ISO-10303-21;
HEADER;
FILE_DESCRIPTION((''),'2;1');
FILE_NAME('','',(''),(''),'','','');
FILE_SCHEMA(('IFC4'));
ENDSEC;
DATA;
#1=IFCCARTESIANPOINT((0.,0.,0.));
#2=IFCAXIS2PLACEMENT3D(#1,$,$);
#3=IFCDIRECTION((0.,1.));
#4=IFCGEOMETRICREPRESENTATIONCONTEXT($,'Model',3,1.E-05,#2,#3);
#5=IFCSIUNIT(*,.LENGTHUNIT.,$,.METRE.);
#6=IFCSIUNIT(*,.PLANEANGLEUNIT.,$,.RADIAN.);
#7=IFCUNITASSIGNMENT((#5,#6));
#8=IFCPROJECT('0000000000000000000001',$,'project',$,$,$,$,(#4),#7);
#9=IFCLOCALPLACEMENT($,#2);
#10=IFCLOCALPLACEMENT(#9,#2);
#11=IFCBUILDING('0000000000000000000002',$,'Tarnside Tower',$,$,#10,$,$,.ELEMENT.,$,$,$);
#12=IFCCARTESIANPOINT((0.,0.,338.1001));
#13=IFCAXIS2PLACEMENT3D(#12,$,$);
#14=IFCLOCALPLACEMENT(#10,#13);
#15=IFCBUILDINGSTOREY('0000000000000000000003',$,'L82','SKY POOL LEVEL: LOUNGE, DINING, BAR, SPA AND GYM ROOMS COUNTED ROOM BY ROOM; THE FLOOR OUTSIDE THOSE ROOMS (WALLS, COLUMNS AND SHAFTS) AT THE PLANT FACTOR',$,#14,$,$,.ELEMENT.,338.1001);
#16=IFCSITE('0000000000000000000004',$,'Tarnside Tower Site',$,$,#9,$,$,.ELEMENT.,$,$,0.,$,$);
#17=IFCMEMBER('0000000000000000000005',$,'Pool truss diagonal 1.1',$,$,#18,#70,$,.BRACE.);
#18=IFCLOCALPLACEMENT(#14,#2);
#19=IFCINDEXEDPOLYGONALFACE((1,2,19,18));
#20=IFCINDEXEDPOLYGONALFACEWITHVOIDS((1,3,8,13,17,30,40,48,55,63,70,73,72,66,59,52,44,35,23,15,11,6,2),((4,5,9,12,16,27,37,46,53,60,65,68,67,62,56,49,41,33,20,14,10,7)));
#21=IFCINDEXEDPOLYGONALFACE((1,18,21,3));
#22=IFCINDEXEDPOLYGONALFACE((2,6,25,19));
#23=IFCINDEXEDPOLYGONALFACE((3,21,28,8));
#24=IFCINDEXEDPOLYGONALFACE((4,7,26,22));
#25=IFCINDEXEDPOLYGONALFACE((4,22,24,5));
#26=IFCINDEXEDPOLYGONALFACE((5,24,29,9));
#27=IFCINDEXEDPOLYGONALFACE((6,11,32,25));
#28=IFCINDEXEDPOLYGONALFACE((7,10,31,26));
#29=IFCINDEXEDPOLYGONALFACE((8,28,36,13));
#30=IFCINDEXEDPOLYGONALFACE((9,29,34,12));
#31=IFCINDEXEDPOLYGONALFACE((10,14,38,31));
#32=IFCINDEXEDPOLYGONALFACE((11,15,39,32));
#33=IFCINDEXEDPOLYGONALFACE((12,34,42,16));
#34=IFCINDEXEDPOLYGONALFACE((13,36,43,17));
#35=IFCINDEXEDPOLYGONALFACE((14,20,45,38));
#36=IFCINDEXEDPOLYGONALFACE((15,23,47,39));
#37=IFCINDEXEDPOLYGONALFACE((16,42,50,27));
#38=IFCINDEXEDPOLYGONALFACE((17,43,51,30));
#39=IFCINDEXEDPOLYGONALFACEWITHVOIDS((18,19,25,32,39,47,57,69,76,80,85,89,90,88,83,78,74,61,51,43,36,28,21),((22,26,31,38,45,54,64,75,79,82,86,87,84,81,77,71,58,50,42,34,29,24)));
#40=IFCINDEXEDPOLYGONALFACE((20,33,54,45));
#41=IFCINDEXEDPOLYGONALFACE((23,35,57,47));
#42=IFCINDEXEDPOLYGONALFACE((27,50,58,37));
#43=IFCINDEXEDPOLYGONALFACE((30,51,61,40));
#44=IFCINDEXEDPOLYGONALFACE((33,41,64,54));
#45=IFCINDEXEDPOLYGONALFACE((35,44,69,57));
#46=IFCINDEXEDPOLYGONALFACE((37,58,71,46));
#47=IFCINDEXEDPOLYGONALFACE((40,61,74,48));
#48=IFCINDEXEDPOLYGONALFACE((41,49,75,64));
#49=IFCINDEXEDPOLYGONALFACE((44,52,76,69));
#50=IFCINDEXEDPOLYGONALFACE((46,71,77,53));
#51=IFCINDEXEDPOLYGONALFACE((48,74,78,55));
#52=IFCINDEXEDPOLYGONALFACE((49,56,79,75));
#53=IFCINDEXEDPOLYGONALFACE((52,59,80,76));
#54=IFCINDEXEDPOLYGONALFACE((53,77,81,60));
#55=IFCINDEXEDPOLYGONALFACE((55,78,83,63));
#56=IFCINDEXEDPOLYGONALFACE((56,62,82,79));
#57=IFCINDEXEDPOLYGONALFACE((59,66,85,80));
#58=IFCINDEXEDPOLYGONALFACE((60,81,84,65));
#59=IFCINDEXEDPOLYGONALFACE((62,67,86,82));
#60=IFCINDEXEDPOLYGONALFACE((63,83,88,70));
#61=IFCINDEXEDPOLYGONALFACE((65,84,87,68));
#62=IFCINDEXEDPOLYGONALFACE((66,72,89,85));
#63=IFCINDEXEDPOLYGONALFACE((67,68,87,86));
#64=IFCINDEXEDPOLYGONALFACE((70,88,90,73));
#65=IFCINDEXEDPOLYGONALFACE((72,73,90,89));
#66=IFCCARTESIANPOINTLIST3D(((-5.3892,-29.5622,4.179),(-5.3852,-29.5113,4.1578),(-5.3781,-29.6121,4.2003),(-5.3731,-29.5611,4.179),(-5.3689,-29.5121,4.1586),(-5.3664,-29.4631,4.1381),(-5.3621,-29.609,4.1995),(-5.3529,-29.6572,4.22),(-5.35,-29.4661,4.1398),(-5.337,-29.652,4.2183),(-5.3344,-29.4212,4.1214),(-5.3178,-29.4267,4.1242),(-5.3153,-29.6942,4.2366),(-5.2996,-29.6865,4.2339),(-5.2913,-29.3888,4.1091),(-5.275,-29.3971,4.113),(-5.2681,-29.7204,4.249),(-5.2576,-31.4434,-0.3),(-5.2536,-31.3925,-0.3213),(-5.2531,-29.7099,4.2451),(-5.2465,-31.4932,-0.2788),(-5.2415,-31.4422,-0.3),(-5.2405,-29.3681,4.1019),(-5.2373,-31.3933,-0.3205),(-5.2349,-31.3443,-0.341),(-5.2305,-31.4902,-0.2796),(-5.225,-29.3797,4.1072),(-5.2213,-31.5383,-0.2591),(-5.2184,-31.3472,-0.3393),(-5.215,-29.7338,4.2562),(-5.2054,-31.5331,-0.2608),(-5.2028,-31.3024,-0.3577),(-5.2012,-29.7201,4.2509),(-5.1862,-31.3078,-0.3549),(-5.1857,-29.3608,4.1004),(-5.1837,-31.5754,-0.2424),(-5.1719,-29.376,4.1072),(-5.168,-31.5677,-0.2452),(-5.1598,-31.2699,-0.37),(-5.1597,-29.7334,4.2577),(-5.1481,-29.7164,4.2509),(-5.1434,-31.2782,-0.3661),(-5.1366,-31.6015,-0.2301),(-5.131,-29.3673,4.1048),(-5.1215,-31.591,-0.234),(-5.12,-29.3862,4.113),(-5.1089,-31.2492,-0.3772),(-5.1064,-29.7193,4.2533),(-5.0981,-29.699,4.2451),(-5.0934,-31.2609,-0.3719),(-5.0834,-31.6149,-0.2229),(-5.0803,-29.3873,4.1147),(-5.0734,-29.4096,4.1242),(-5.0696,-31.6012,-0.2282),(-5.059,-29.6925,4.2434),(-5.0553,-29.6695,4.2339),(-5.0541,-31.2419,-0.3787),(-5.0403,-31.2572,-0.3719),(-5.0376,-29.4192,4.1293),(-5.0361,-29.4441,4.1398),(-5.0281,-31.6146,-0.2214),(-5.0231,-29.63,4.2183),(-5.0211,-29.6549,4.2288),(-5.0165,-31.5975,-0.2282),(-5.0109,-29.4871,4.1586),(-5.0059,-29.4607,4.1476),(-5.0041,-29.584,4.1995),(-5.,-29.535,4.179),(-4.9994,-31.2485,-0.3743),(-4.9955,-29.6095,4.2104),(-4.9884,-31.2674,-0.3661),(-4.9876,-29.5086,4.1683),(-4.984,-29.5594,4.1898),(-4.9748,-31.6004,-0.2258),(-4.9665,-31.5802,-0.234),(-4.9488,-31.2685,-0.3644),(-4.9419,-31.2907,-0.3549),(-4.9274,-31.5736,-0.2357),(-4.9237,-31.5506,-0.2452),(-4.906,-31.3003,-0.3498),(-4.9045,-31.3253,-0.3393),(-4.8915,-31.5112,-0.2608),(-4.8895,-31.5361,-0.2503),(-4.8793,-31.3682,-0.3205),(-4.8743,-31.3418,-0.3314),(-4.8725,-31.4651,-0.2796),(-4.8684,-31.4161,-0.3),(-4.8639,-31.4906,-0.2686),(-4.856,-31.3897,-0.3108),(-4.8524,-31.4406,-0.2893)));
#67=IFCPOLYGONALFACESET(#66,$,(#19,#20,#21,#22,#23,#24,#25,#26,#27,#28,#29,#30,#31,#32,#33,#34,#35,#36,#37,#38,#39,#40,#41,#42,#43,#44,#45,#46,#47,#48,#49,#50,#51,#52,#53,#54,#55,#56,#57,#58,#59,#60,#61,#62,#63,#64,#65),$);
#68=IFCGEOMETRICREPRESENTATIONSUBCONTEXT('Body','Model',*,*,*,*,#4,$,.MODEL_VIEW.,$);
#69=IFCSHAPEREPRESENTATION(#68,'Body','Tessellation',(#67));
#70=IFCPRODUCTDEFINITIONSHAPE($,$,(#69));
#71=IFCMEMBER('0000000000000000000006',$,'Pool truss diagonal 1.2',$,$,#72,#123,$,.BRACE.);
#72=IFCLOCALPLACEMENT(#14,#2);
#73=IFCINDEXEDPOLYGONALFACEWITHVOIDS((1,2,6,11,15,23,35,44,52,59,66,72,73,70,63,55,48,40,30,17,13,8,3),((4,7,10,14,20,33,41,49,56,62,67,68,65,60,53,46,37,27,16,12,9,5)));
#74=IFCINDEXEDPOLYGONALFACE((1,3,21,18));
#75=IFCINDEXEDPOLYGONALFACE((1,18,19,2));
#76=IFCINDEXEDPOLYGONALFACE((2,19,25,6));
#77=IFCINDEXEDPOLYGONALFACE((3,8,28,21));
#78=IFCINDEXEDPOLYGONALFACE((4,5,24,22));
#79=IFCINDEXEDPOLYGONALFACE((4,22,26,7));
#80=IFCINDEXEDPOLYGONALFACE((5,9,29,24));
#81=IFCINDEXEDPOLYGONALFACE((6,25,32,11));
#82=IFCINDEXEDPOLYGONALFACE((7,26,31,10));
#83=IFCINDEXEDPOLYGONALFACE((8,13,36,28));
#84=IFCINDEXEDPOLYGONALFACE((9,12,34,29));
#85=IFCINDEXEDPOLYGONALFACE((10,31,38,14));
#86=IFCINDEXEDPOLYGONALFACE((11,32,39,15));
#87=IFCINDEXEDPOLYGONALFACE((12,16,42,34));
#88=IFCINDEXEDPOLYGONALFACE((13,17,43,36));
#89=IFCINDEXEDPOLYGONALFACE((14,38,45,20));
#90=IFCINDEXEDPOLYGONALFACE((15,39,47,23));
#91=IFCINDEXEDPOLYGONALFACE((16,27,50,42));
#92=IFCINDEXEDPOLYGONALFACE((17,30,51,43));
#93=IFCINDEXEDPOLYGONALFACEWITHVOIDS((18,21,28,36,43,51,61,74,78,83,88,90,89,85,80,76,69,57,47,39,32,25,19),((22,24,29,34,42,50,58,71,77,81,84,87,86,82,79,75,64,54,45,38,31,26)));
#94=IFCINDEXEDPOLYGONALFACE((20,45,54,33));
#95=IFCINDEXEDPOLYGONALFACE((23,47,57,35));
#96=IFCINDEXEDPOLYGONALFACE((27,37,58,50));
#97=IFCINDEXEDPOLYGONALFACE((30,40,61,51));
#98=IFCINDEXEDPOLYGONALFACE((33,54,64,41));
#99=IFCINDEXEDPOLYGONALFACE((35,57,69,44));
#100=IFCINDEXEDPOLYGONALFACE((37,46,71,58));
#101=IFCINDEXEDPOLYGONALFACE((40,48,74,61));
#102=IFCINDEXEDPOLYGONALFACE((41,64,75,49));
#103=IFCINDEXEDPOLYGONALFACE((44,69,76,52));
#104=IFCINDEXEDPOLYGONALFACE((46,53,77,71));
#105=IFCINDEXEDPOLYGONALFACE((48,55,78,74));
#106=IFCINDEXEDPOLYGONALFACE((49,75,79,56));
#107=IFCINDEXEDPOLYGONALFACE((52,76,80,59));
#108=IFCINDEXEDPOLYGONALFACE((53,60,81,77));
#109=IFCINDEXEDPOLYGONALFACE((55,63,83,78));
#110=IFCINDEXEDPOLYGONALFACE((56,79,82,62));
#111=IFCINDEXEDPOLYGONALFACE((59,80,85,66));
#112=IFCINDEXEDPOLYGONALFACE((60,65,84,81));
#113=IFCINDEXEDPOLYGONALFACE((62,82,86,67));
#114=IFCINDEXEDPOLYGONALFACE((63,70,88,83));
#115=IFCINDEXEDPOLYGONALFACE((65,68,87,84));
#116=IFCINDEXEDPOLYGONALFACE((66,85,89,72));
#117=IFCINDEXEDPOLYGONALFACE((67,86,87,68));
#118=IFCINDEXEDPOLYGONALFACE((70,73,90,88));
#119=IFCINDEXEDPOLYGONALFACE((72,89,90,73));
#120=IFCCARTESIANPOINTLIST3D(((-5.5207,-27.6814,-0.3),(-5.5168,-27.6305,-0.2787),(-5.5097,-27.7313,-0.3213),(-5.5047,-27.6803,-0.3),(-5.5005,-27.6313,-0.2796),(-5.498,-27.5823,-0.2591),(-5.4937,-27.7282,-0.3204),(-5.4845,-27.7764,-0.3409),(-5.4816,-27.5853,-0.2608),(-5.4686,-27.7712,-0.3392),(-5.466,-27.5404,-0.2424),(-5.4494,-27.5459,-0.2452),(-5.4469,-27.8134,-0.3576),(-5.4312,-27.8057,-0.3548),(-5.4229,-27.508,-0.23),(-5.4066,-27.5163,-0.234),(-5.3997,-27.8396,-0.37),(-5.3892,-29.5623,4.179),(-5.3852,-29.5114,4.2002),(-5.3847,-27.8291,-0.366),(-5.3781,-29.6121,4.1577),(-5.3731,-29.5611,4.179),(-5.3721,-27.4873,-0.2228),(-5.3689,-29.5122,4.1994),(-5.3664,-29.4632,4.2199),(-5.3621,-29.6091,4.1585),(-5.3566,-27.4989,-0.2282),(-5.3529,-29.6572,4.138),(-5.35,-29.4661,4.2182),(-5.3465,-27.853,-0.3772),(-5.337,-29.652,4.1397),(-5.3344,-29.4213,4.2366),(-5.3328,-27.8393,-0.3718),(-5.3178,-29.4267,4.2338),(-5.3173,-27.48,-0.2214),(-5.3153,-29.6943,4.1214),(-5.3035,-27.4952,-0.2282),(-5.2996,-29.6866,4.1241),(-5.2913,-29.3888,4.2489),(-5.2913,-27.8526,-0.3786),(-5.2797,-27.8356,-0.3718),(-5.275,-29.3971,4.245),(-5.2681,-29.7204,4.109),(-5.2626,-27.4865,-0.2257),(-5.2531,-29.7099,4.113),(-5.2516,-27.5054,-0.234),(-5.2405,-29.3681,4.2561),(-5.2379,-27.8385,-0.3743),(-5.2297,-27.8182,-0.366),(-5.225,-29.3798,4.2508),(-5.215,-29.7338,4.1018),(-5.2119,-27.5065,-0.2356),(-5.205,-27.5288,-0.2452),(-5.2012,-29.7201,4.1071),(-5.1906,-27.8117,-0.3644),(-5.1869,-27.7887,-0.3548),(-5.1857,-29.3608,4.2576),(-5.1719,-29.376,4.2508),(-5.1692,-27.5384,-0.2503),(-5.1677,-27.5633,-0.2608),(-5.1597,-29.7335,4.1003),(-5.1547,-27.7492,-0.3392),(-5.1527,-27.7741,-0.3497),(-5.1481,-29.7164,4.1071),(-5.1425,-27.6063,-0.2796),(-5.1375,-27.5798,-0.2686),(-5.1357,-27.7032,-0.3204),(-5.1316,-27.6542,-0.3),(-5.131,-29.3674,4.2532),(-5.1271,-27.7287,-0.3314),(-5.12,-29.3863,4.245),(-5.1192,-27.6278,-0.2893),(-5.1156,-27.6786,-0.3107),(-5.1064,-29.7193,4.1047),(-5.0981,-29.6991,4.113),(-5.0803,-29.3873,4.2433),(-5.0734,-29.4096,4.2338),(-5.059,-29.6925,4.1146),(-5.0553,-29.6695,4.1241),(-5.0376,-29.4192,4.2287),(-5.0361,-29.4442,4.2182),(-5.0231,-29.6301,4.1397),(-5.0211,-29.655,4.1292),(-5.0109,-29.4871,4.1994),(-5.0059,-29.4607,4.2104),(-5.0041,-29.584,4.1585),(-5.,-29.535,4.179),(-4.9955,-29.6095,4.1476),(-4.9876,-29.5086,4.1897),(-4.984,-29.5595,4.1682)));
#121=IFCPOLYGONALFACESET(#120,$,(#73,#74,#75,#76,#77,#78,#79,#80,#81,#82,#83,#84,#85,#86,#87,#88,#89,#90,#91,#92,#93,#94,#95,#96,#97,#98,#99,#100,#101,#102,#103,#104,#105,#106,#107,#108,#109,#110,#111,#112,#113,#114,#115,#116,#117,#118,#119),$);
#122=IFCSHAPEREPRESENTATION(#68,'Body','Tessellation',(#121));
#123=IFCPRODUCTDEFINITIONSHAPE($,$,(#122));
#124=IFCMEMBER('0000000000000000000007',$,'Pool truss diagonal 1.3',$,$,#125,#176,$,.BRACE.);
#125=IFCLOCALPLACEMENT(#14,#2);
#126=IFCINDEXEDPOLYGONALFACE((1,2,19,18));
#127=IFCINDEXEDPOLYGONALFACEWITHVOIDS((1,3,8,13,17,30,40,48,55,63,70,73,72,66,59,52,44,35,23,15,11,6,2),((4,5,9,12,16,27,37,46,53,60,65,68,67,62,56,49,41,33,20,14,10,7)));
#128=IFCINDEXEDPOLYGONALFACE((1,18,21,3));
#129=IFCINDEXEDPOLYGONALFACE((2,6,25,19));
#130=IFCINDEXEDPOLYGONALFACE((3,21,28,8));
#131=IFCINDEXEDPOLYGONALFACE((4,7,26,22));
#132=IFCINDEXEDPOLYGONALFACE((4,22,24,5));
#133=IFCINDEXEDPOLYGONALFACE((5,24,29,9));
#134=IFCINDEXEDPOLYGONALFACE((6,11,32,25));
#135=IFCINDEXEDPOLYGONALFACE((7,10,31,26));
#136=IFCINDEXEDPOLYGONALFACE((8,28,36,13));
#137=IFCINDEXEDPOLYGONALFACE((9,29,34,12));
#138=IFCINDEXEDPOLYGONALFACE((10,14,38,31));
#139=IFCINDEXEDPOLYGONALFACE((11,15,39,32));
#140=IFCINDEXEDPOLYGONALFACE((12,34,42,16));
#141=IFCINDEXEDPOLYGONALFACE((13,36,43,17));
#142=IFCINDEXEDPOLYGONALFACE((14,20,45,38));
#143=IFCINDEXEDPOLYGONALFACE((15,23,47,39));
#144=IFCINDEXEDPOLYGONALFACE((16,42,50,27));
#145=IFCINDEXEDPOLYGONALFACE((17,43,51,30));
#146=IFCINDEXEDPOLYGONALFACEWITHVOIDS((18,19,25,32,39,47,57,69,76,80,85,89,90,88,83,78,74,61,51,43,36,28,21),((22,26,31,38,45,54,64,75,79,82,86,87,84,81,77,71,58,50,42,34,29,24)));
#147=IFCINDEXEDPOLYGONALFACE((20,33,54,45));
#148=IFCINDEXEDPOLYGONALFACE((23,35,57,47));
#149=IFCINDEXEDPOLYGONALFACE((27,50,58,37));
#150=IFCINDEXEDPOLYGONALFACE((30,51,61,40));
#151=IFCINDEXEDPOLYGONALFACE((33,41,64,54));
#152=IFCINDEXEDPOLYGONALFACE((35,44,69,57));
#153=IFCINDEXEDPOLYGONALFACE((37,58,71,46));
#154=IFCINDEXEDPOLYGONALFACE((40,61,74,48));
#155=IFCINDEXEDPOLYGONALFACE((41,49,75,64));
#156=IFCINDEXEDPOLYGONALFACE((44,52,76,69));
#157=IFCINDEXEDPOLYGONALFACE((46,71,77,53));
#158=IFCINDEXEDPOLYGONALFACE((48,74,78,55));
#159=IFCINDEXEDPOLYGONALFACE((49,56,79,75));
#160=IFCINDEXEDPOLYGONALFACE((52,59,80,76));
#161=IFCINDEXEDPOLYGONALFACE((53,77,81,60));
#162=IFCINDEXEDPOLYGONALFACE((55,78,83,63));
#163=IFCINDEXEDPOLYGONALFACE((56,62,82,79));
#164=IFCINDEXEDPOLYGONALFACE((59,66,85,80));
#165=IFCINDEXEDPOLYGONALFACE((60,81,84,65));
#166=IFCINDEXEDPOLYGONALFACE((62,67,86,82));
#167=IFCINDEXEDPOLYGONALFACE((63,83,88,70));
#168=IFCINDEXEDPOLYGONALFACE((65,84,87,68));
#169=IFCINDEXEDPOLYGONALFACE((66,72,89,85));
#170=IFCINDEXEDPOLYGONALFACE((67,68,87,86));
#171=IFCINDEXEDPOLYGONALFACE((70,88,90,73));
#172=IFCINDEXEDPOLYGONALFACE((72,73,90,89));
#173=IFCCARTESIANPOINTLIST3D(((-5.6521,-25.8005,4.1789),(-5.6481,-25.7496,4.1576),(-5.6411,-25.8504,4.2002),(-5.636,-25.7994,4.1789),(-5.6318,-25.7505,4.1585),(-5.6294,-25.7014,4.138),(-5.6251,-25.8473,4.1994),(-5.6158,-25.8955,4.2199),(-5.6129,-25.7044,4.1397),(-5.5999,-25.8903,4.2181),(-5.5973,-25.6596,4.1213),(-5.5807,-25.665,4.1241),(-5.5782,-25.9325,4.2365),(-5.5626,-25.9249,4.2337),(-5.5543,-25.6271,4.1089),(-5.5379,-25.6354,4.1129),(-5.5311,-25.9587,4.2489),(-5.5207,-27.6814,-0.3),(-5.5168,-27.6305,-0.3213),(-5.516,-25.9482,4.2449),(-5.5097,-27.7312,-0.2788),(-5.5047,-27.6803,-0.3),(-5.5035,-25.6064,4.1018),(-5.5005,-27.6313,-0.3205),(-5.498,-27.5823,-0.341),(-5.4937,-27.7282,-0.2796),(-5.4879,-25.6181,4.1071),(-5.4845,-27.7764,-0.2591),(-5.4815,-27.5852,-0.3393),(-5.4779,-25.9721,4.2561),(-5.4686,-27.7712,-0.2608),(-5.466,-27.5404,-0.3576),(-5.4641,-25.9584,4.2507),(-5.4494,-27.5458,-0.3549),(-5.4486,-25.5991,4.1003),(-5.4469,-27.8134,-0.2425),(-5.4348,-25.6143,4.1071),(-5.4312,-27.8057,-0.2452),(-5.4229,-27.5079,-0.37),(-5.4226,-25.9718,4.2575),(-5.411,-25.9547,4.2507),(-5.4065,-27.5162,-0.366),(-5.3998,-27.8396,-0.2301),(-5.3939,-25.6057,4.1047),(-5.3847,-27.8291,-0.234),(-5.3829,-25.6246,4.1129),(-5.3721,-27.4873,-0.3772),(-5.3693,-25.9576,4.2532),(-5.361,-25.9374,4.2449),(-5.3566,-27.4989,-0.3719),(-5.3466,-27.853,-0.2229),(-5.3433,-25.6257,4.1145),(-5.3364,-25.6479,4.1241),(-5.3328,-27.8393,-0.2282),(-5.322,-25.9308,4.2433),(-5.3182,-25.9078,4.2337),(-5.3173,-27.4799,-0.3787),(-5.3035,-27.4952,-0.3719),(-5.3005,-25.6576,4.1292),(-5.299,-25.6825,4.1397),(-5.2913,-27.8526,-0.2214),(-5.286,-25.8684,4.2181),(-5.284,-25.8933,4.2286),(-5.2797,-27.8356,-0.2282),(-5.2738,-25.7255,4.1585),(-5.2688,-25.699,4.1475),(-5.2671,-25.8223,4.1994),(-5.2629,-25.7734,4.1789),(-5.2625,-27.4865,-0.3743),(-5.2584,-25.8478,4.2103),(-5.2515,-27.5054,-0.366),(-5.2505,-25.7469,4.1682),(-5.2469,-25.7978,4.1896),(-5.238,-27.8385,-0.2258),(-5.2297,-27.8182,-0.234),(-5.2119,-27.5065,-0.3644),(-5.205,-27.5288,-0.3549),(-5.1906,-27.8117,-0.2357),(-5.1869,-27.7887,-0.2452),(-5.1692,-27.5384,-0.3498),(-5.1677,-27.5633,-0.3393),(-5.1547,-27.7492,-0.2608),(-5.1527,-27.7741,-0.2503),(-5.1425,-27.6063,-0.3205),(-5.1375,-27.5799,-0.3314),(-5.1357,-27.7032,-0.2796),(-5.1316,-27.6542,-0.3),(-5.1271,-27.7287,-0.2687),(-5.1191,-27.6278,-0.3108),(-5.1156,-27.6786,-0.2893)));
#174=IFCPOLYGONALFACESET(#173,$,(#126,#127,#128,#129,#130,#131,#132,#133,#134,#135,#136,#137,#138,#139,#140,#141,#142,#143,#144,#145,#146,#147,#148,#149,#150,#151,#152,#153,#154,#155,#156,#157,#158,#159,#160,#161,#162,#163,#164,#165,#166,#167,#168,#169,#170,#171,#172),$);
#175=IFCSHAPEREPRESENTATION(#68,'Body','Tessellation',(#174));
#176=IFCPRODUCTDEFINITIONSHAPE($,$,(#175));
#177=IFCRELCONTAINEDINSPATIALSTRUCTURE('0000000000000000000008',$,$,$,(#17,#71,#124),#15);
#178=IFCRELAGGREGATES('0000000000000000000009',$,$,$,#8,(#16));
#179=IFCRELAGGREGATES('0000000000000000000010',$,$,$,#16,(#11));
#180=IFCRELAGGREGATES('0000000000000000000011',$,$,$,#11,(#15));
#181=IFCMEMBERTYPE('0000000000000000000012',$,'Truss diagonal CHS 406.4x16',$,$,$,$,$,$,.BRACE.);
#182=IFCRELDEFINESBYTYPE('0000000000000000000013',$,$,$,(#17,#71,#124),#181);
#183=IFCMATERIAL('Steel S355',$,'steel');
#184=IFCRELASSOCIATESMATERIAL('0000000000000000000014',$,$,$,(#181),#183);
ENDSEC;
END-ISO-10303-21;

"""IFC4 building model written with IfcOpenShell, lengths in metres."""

from ifc_helpers import new_model, si_unit, direction, frame, origin, origin_2d, place, context, subcontext, project, spatial, hollow_circle, extrude, material, material_profile, profile_set, type_object, element, save


model = new_model("IFC4")

# Units and contexts
model_context = context("Model", 3, precision=1e-05, world=origin(), true_north=direction((0.0, 1.0)))
body_context = subcontext(model_context, "Body", "Model", "MODEL_VIEW")
ifc_project = project(units=[si_unit("LENGTHUNIT", "METRE"), si_unit("PLANEANGLEUNIT", "RADIAN")], contexts=[model_context])

# Site, building, storey
site_placement = place(None, origin())
site = spatial("IfcSite", under=ifc_project, at=site_placement, Name="Tarnside Tower Site", CompositionType="ELEMENT", RefElevation=0.0)
building_placement = place(site_placement, origin())
building = spatial("IfcBuilding", under=site, at=building_placement, Name="Tarnside Tower", CompositionType="ELEMENT")
storey_placement = place(building_placement, frame((0.0, 0.0, 338.1001)))
storey = spatial("IfcBuildingStorey", under=building, at=storey_placement, Name="L82", Description="SKY POOL LEVEL: LOUNGE, DINING, BAR, SPA AND GYM ROOMS COUNTED ROOM BY ROOM; THE FLOOR OUTSIDE THOSE ROOMS (WALLS, COLUMNS AND SHAFTS) AT THE PLANT FACTOR", CompositionType="ELEMENT", Elevation=338.1001)

# Shared definitions
ifc_material_1 = material(Name="Steel S355", Category="steel")

# Members
ifc_material_profile_1 = material_profile(ifc_material_1, hollow_circle(Radius=0.2031, WallThickness=0.0161, at=origin_2d()), Name="CHS 406.4x16")
ifc_profile_set_1 = profile_set([ifc_material_profile_1], Name="Steel S355")
member_type_1 = type_object("IfcMemberType", Name="Truss diagonal CHS 406.4x16", PredefinedType="BRACE", material=ifc_profile_set_1)
member_1_placement = place(storey_placement, frame((-5.0549, -31.4292, -0.3), z_axis=(-0.027078, 0.387077, 0.92165), x_axis=(-0.997562, -0.069784, 0.0)))
element("IfcMember", 1, at=member_1_placement, inside=storey, type_object=member_type_1, Name="Pool truss diagonal 1.1", PredefinedType="BRACE", context=body_context, shape_type="SweptSolid", body=[
    extrude(hollow_circle(Radius=0.2031, WallThickness=0.0161, at=origin_2d()), origin(), (0.0, 0.0, 1.0), 4.8599),
])
for number, where, z_axis, x_axis, name in (
    (2, (-5.1865, -29.5481, 4.179), (-0.027078, 0.387034, -0.921668), (-0.997561, -0.069793, 0.0), "Pool truss diagonal 1.2"),
    (3, (-5.3181, -27.6672, -0.3), (-0.027028, 0.387035, 0.921669), (-0.99757, -0.069664, 0.0), "Pool truss diagonal 1.3"),
):
    element("IfcMember", number, at=place(storey_placement, frame(where, z_axis=z_axis, x_axis=x_axis)), inside=storey, type_object=member_type_1, Name=name, PredefinedType="BRACE", context=body_context, shape_type="SweptSolid", body=[
        extrude(hollow_circle(Radius=0.2031, WallThickness=0.0161, at=origin_2d()), origin(), (0.0, 0.0, 1.0), 4.8596),
    ])

save(model, "model.ifc")
